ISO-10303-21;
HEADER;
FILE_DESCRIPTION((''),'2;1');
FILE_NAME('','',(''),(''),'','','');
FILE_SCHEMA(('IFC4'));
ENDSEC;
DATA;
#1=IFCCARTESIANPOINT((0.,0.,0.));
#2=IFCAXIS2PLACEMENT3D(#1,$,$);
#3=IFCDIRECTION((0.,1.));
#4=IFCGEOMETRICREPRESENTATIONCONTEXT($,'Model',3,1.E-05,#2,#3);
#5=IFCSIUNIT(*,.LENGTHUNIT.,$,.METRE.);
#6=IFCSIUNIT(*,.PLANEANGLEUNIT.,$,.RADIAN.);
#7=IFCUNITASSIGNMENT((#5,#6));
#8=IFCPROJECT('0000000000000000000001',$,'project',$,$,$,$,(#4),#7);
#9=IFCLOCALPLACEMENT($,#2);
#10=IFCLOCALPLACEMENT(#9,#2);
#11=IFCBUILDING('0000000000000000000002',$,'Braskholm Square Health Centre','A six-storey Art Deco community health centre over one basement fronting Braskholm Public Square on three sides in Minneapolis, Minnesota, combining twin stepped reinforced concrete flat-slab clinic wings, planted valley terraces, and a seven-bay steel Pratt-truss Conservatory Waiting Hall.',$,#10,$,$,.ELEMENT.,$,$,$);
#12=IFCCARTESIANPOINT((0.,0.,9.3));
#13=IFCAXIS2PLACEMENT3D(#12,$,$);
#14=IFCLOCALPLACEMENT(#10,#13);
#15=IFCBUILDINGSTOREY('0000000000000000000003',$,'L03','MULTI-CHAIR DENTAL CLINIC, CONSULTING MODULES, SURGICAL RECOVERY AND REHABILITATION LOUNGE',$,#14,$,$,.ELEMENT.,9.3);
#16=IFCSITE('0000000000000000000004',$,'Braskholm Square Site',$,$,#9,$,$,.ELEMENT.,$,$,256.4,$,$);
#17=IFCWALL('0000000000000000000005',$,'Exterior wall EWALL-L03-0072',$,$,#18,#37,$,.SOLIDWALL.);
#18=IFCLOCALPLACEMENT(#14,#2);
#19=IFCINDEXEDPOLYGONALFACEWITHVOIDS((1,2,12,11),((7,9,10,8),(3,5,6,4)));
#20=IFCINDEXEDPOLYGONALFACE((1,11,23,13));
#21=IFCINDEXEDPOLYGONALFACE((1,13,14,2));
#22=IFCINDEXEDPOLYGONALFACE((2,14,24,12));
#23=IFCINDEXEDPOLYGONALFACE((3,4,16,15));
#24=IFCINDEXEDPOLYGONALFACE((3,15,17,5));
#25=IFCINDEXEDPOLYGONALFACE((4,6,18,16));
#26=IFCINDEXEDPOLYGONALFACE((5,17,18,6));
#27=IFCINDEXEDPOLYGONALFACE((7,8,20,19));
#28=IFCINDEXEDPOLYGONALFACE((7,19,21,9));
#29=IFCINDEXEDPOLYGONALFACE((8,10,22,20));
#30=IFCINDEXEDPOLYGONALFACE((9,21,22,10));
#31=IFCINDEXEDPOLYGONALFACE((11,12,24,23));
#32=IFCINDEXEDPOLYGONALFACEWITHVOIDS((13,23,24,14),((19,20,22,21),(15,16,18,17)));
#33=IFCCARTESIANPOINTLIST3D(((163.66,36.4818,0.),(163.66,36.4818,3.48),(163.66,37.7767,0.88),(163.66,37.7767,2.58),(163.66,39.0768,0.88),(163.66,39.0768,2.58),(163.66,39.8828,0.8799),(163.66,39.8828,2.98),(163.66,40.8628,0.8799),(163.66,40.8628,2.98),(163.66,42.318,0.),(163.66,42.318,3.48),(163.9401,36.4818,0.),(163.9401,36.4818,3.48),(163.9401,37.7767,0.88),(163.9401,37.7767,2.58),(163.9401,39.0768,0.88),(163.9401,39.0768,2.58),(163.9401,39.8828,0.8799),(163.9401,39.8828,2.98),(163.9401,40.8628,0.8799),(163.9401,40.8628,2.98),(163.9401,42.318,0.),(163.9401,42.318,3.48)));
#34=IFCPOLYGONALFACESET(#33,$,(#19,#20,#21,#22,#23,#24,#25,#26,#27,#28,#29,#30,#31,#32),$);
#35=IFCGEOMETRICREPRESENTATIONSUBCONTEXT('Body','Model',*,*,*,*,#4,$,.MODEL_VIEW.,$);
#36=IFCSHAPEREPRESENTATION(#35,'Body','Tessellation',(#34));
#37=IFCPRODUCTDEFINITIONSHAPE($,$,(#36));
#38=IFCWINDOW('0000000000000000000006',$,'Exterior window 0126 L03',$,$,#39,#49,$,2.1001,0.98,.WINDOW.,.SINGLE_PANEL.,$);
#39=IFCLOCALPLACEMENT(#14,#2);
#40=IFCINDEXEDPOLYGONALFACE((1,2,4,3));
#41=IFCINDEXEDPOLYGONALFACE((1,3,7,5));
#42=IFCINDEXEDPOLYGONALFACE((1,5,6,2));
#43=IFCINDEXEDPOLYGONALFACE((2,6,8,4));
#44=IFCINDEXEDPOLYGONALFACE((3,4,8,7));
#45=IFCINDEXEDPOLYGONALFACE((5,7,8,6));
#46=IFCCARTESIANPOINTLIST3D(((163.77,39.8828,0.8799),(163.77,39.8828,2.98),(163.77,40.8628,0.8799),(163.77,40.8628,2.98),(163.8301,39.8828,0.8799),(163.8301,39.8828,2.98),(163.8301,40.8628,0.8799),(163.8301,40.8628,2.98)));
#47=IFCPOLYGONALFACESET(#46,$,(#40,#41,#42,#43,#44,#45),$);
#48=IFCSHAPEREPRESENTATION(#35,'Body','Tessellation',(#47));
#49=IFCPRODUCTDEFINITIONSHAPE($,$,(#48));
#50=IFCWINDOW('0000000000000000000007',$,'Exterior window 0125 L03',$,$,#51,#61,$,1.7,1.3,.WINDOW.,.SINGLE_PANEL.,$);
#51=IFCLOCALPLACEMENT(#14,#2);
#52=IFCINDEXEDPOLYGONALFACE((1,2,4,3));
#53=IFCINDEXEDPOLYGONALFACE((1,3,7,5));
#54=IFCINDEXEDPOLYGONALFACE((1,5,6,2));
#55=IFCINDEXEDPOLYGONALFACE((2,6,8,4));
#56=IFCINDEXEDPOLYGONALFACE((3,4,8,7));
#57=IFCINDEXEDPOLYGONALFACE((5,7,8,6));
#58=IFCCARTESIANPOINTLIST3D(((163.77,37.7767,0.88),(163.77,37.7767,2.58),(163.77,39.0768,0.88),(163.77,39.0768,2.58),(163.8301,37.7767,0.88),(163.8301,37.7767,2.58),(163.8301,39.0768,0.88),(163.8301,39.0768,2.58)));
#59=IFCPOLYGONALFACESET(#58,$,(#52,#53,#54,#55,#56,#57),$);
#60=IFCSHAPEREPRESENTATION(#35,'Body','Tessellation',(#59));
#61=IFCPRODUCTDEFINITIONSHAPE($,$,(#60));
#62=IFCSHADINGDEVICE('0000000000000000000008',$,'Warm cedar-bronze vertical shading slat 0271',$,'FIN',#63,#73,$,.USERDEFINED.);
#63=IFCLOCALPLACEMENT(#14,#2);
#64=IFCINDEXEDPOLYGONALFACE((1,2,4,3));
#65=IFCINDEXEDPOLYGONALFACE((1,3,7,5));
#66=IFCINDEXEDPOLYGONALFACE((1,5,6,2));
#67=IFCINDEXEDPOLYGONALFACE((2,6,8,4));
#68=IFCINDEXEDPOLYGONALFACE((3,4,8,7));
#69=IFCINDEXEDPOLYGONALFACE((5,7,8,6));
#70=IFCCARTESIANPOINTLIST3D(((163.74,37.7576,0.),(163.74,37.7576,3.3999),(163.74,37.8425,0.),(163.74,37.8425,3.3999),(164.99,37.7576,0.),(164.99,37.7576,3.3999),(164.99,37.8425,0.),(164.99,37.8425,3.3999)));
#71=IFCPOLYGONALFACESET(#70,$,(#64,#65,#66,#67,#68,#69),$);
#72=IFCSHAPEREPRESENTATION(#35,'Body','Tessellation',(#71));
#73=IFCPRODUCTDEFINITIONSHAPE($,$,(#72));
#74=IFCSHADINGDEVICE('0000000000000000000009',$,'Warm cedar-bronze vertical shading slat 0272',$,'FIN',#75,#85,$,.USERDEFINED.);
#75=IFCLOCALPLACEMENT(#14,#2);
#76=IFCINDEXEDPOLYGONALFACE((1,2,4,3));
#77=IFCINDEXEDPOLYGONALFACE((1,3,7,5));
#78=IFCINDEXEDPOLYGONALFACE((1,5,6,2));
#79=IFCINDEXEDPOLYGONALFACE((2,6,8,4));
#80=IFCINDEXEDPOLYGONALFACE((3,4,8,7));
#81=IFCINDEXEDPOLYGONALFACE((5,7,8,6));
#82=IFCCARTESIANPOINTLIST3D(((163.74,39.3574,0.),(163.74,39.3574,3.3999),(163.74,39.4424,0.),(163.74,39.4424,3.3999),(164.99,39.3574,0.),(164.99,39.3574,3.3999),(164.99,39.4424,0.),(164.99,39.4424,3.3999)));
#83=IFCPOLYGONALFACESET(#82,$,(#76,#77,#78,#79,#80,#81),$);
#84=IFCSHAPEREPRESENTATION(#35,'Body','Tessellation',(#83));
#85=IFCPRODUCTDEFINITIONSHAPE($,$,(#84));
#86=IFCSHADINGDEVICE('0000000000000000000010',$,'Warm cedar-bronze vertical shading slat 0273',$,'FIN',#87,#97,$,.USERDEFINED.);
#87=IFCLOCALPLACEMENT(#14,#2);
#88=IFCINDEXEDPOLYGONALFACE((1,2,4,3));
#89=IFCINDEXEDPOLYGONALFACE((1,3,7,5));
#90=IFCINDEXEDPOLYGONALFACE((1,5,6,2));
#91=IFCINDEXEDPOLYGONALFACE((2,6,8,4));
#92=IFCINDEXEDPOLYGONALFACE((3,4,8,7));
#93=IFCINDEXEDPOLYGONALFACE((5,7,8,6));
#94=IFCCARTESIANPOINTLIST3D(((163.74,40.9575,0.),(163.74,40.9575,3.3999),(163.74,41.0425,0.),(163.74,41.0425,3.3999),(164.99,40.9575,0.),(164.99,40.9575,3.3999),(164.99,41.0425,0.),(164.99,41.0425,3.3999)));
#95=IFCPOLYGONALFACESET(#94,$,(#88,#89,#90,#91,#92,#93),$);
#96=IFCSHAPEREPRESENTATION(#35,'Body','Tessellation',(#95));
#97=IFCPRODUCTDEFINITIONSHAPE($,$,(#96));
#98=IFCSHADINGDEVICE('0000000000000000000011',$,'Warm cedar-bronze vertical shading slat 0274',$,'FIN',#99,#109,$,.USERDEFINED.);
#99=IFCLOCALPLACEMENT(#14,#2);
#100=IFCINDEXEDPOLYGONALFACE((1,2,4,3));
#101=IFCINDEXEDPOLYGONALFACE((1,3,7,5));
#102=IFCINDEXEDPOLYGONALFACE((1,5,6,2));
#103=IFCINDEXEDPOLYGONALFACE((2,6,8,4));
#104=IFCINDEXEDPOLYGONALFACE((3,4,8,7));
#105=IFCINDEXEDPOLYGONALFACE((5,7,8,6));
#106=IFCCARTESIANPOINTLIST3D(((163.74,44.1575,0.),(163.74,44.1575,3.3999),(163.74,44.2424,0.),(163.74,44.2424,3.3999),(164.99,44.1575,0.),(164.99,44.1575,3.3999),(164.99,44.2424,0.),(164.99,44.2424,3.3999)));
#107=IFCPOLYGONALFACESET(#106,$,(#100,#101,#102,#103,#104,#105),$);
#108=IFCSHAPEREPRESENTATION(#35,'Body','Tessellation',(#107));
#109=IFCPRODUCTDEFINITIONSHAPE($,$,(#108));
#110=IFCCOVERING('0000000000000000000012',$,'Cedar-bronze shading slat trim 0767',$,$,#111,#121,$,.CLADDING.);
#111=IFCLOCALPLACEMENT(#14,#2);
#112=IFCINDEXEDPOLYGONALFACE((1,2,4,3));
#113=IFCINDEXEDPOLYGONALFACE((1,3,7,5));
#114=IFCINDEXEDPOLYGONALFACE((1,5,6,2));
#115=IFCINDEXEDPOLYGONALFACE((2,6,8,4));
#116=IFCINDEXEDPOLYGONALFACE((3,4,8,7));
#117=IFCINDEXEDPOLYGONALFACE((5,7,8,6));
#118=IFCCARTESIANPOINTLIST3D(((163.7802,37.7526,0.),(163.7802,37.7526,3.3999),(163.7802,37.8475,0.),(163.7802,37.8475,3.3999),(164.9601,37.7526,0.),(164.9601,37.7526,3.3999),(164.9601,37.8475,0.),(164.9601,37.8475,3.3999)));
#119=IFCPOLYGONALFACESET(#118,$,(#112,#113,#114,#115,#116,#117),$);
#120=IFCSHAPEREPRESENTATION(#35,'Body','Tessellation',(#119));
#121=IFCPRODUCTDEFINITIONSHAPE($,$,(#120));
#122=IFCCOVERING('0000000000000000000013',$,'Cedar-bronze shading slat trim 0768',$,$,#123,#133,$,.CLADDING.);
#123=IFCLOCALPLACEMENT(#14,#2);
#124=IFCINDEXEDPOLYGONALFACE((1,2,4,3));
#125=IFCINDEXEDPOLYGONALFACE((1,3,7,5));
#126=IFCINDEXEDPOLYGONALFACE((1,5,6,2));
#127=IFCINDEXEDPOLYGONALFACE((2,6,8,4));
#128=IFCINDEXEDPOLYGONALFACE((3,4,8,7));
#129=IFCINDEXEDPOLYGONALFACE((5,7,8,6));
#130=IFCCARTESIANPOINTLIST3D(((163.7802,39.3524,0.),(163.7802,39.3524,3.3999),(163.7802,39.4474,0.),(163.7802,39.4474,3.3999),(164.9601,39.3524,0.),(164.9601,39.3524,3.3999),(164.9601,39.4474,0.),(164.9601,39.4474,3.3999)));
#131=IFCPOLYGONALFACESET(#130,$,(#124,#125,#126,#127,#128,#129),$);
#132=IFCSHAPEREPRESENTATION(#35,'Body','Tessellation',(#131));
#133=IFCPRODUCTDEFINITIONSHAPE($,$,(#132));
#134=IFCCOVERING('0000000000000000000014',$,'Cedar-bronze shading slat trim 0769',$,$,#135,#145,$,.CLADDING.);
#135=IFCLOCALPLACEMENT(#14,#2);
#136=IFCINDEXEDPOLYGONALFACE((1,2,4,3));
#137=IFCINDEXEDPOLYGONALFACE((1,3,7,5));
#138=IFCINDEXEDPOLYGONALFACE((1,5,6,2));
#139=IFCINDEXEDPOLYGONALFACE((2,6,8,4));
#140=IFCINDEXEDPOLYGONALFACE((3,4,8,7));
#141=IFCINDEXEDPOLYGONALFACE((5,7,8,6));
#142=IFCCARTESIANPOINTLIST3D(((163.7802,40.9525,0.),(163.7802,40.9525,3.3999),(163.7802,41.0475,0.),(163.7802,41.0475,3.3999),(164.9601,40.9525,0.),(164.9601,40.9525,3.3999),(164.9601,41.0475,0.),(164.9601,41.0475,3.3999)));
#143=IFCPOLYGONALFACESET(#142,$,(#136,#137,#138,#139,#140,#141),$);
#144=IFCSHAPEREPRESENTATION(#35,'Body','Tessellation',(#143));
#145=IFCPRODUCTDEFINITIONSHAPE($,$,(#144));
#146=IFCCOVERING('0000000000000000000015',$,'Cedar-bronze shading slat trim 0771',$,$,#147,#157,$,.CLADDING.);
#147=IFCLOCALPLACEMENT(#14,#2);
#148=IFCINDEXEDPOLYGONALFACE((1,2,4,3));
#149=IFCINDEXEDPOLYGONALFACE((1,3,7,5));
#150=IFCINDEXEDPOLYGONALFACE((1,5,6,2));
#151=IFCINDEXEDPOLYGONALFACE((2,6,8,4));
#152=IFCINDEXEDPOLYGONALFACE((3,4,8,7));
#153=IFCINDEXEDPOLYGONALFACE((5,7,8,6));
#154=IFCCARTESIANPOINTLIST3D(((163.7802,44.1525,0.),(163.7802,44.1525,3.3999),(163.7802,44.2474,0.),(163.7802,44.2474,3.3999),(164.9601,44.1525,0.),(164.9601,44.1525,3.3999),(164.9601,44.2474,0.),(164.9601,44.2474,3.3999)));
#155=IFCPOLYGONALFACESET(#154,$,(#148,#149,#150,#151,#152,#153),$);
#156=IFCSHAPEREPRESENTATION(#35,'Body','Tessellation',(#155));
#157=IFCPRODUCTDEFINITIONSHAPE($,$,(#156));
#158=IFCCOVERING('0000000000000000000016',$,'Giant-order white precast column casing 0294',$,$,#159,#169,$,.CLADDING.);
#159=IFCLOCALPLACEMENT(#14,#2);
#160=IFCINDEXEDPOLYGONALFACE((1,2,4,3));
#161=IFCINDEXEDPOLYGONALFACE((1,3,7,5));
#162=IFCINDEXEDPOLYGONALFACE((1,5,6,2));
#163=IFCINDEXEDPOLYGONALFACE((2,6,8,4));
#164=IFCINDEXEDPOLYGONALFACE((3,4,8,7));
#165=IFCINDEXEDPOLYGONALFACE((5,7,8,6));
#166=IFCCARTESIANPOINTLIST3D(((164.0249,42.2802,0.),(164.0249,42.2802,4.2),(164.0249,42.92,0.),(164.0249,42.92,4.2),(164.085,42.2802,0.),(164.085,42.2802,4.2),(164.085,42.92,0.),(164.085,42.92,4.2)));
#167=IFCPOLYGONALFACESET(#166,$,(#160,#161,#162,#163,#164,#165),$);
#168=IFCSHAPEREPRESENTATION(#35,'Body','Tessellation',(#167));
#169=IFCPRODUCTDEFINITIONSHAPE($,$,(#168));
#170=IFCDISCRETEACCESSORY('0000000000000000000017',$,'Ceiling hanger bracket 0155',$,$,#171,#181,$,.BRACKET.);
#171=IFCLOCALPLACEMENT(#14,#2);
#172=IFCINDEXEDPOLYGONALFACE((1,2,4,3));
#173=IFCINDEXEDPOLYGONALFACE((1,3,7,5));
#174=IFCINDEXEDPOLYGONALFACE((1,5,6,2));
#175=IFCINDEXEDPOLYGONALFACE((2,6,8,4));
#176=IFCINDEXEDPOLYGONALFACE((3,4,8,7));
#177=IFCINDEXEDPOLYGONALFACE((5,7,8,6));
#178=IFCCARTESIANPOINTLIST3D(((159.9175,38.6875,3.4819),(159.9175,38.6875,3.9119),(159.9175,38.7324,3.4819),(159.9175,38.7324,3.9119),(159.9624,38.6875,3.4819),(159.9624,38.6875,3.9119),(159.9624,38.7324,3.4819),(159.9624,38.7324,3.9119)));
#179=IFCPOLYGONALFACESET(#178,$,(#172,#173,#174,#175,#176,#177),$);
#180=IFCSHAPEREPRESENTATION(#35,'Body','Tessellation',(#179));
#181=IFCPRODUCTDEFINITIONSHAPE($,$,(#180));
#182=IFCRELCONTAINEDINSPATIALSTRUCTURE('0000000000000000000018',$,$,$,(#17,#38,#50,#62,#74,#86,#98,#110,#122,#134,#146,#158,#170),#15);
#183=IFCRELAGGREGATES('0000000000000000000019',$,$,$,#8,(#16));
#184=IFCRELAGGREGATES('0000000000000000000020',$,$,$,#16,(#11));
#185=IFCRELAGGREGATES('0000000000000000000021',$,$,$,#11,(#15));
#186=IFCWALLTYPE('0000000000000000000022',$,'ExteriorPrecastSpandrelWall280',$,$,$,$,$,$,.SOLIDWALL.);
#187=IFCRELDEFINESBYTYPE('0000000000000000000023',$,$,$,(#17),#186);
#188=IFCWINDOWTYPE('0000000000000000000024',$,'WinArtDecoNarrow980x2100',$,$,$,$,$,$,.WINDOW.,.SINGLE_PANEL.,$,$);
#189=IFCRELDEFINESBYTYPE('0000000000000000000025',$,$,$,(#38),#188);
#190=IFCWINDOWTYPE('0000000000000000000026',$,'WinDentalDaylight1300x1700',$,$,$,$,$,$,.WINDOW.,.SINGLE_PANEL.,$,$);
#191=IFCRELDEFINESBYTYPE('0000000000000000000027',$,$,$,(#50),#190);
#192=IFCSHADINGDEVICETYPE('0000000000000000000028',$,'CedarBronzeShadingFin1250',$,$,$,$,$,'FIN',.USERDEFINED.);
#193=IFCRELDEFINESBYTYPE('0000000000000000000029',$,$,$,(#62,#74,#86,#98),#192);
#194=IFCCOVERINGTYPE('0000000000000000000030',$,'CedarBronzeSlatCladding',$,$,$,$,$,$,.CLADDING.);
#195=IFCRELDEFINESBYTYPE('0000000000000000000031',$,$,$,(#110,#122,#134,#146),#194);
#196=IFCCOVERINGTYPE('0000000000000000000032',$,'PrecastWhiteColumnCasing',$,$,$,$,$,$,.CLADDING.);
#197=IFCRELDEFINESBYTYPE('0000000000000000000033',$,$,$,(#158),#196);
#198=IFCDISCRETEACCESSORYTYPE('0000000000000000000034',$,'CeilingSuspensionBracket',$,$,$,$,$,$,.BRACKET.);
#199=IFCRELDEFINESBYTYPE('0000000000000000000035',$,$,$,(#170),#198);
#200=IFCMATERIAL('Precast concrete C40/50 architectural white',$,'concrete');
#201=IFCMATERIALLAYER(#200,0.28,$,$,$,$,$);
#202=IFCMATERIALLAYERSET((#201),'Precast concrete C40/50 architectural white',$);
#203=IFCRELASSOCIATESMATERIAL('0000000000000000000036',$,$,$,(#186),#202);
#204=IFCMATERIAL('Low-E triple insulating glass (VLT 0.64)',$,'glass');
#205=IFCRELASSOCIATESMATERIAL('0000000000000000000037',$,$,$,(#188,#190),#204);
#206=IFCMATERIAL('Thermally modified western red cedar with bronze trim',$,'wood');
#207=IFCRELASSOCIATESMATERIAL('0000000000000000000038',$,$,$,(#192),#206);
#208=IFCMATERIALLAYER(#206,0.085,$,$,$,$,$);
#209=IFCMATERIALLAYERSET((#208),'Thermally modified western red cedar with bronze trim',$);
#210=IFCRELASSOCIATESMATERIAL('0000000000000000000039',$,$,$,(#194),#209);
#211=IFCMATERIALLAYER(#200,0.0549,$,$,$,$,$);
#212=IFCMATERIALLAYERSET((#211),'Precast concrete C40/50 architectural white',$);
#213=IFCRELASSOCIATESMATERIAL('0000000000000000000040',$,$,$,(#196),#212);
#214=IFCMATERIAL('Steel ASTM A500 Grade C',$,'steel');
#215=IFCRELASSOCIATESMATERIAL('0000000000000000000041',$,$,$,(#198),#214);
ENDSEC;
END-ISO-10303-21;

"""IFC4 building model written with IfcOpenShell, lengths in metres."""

from ifc_helpers import new_model, si_unit, direction, frame, frame_2d, origin, origin_with_axes, origin_2d, place, context, subcontext, project, spatial, rectangle, extrude, material, layer, layer_set, type_object, element, fill, save


model = new_model("IFC4")

# Units and contexts
model_context = context("Model", 3, precision=1e-05, world=origin(), true_north=direction((0.0, 1.0)))
body_context = subcontext(model_context, "Body", "Model", "MODEL_VIEW")
ifc_project = project(units=[si_unit("LENGTHUNIT", "METRE"), si_unit("PLANEANGLEUNIT", "RADIAN")], contexts=[model_context])

# Site, building, storey
site_placement = place(None, origin())
site = spatial("IfcSite", under=ifc_project, at=site_placement, Name="Braskholm Square Site", CompositionType="ELEMENT", RefElevation=256.4)
building_placement = place(site_placement, origin())
building = spatial("IfcBuilding", under=site, at=building_placement, Name="Braskholm Square Health Centre", Description="A six-storey Art Deco community health centre over one basement fronting Braskholm Public Square on three sides in Minneapolis, Minnesota, combining twin stepped reinforced concrete flat-slab clinic wings, planted valley terraces, and a seven-bay steel Pratt-truss Conservatory Waiting Hall.", CompositionType="ELEMENT")
storey_placement = place(building_placement, frame((0.0, 0.0, 9.3)))
storey = spatial("IfcBuildingStorey", under=building, at=storey_placement, Name="L03", Description="MULTI-CHAIR DENTAL CLINIC, CONSULTING MODULES, SURGICAL RECOVERY AND REHABILITATION LOUNGE", CompositionType="ELEMENT", Elevation=9.3)

# Shared definitions
ifc_material_1 = material(Name="Precast concrete C40/50 architectural white", Category="concrete")

# Shared definitions
ifc_material_2 = material(Name="Low-E triple insulating glass (VLT 0.64)", Category="glass")

# Wall, openings, windows
ifc_layer_1 = layer(ifc_material_1, 0.28)
ifc_layer_set_1 = layer_set([ifc_layer_1], Name="Precast concrete C40/50 architectural white")
wall_type_1 = type_object("IfcWallType", Name="ExteriorPrecastSpandrelWall280", PredefinedType="SOLIDWALL", material=ifc_layer_set_1)
wall_1_placement = place(storey_placement, frame((163.8, 36.4819, 0.0), z_axis=(0.0, 0.0, 1.0), x_axis=(0.0, 1.0, 0.0)))
wall_1 = element("IfcWall", 1, at=wall_1_placement, inside=storey, type_object=wall_type_1, Name="Exterior wall EWALL-L03-0072", PredefinedType="SOLIDWALL", context=body_context, shape_type="SweptSolid", body=[
    extrude(rectangle(XDim=5.8362, YDim=0.28, at=frame_2d((2.918, 0.0))), origin(), (0.0, 0.0, 1.0), 3.48),
])
opening_1_placement = place(wall_1_placement, frame((1.2949, 0.0, 0.8799)))
opening_1 = element("IfcOpeningElement", 2, at=opening_1_placement, cuts=wall_1, PredefinedType="OPENING", context=body_context, shape_type="SweptSolid", body=[
    extrude(rectangle(XDim=1.3, YDim=1.7, at=frame_2d((0.6499, 0.8501))), frame((0.0, 0.1499, 0.0), z_axis=(0.0, -1.0, 0.0), x_axis=(1.0, 0.0, 0.0)), (0.0, 0.0, 1.0), 0.3),
])
opening_2_placement = place(wall_1_placement, frame((3.4009, 0.0, 0.8799)))
opening_2 = element("IfcOpeningElement", 3, at=opening_2_placement, cuts=wall_1, PredefinedType="OPENING", context=body_context, shape_type="SweptSolid", body=[
    extrude(rectangle(XDim=0.98, YDim=2.1001, at=frame_2d((0.49, 1.05))), frame((0.0, 0.1499, 0.0), z_axis=(0.0, -1.0, 0.0), x_axis=(1.0, 0.0, 0.0)), (0.0, 0.0, 1.0), 0.3),
])
window_type_1 = type_object("IfcWindowType", Name="WinArtDecoNarrow980x2100", PartitioningType="SINGLE_PANEL", PredefinedType="WINDOW", material=ifc_material_2)
window_1_placement = place(opening_2_placement, origin_with_axes())
window_1 = element("IfcWindow", 4, at=window_1_placement, inside=storey, type_object=window_type_1, Name="Exterior window 0126 L03", OverallHeight=2.1001, OverallWidth=0.98, PartitioningType="SINGLE_PANEL", PredefinedType="WINDOW", context=body_context, shape_type="SweptSolid", body=[
    extrude(rectangle(XDim=0.98, YDim=2.1001, at=frame_2d((0.49, 1.05))), frame((0.0, 0.03, 0.0), z_axis=(0.0, -1.0, 0.0), x_axis=(1.0, 0.0, 0.0)), (0.0, 0.0, 1.0), 0.0601),
])
fill(opening_2, window_1)
window_type_2 = type_object("IfcWindowType", Name="WinDentalDaylight1300x1700", PartitioningType="SINGLE_PANEL", PredefinedType="WINDOW", material=ifc_material_2)
window_2_placement = place(opening_1_placement, origin_with_axes())
window_2 = element("IfcWindow", 5, at=window_2_placement, inside=storey, type_object=window_type_2, Name="Exterior window 0125 L03", OverallHeight=1.7, OverallWidth=1.3, PartitioningType="SINGLE_PANEL", PredefinedType="WINDOW", context=body_context, shape_type="SweptSolid", body=[
    extrude(rectangle(XDim=1.3, YDim=1.7, at=frame_2d((0.6499, 0.8501))), frame((0.0, 0.03, 0.0), z_axis=(0.0, -1.0, 0.0), x_axis=(1.0, 0.0, 0.0)), (0.0, 0.0, 1.0), 0.0601),
])
fill(opening_1, window_2)

# Shading devices
ifc_material_3 = material(Name="Thermally modified western red cedar with bronze trim", Category="wood")
shading_device_type = type_object("IfcShadingDeviceType", Name="CedarBronzeShadingFin1250", ElementType="FIN", PredefinedType="USERDEFINED", material=ifc_material_3)
for number, where, z_axis, x_axis, name in (
    (6, (164.365, 37.8, 0.0), (0.0, 0.0, 1.0), (1.0, 0.0, 0.0), "Warm cedar-bronze vertical shading slat 0271"),
    (7, (164.365, 39.3999, 0.0), (0.0, 0.0, 1.0), (1.0, 0.0, 0.0), "Warm cedar-bronze vertical shading slat 0272"),
    (8, (164.365, 41.0, 0.0), (0.0, 0.0, 1.0), (1.0, 0.0, 0.0), "Warm cedar-bronze vertical shading slat 0273"),
    (9, (164.365, 44.2, 0.0), (0.0, 0.0, 1.0), (1.0, 0.0, 0.0), "Warm cedar-bronze vertical shading slat 0274"),
):
    element("IfcShadingDevice", number, at=place(storey_placement, frame(where, z_axis=z_axis, x_axis=x_axis)), inside=storey, type_object=shading_device_type, Name=name, ObjectType="FIN", PredefinedType="USERDEFINED", context=body_context, shape_type="SweptSolid", body=[
        extrude(rectangle(XDim=1.25, YDim=0.085, at=origin_2d()), origin(), (0.0, 0.0, 1.0), 3.3999),
    ])

# Coverings
ifc_layer_2 = layer(ifc_material_3, 0.085)
ifc_layer_set_2 = layer_set([ifc_layer_2], Name="Thermally modified western red cedar with bronze trim")
covering_type_1 = type_object("IfcCoveringType", Name="CedarBronzeSlatCladding", PredefinedType="CLADDING", material=ifc_layer_set_2)
for number, where, z_axis, x_axis, name in (
    (10, (164.3701, 37.8, 0.0), (0.0, 0.0, 1.0), (1.0, 0.0, 0.0), "Cedar-bronze shading slat trim 0767"),
    (11, (164.3701, 39.3999, 0.0), (0.0, 0.0, 1.0), (1.0, 0.0, 0.0), "Cedar-bronze shading slat trim 0768"),
    (12, (164.3701, 41.0, 0.0), (0.0, 0.0, 1.0), (1.0, 0.0, 0.0), "Cedar-bronze shading slat trim 0769"),
    (13, (164.3701, 44.2, 0.0), (0.0, 0.0, 1.0), (1.0, 0.0, 0.0), "Cedar-bronze shading slat trim 0771"),
):
    element("IfcCovering", number, at=place(storey_placement, frame(where, z_axis=z_axis, x_axis=x_axis)), inside=storey, type_object=covering_type_1, Name=name, PredefinedType="CLADDING", context=body_context, shape_type="SweptSolid", body=[
        extrude(rectangle(XDim=1.1799, YDim=0.095, at=origin_2d()), origin(), (0.0, 0.0, 1.0), 3.3999),
    ])
ifc_layer_3 = layer(ifc_material_1, 0.0549)
ifc_layer_set_3 = layer_set([ifc_layer_3], Name="Precast concrete C40/50 architectural white")
covering_type_2 = type_object("IfcCoveringType", Name="PrecastWhiteColumnCasing", PredefinedType="CLADDING", material=ifc_layer_set_3)
covering_placement = place(storey_placement, frame((164.0549, 42.6001, 0.0), z_axis=(0.0, 0.0, 1.0), x_axis=(1.0, 0.0, 0.0)))
element("IfcCovering", 14, at=covering_placement, inside=storey, type_object=covering_type_2, Name="Giant-order white precast column casing 0294", PredefinedType="CLADDING", context=body_context, shape_type="SweptSolid", body=[
    extrude(rectangle(XDim=0.0601, YDim=0.6399, at=origin_2d()), origin(), (0.0, 0.0, 1.0), 4.2),
])

# Discrete accessory
ifc_material_4 = material(Name="Steel ASTM A500 Grade C", Category="steel")
discrete_accessory_type = type_object("IfcDiscreteAccessoryType", Name="CeilingSuspensionBracket", PredefinedType="BRACKET", material=ifc_material_4)
discrete_accessory_placement = place(storey_placement, frame((159.9399, 38.71, 3.4819), z_axis=(0.0, 0.0, 1.0), x_axis=(1.0, 0.0, 0.0)))
element("IfcDiscreteAccessory", 15, at=discrete_accessory_placement, inside=storey, type_object=discrete_accessory_type, Name="Ceiling hanger bracket 0155", PredefinedType="BRACKET", context=body_context, shape_type="SweptSolid", body=[
    extrude(rectangle(XDim=0.0449, YDim=0.0449, at=origin_2d()), origin(), (0.0, 0.0, 1.0), 0.4299),
])

save(model, "model.ifc")
